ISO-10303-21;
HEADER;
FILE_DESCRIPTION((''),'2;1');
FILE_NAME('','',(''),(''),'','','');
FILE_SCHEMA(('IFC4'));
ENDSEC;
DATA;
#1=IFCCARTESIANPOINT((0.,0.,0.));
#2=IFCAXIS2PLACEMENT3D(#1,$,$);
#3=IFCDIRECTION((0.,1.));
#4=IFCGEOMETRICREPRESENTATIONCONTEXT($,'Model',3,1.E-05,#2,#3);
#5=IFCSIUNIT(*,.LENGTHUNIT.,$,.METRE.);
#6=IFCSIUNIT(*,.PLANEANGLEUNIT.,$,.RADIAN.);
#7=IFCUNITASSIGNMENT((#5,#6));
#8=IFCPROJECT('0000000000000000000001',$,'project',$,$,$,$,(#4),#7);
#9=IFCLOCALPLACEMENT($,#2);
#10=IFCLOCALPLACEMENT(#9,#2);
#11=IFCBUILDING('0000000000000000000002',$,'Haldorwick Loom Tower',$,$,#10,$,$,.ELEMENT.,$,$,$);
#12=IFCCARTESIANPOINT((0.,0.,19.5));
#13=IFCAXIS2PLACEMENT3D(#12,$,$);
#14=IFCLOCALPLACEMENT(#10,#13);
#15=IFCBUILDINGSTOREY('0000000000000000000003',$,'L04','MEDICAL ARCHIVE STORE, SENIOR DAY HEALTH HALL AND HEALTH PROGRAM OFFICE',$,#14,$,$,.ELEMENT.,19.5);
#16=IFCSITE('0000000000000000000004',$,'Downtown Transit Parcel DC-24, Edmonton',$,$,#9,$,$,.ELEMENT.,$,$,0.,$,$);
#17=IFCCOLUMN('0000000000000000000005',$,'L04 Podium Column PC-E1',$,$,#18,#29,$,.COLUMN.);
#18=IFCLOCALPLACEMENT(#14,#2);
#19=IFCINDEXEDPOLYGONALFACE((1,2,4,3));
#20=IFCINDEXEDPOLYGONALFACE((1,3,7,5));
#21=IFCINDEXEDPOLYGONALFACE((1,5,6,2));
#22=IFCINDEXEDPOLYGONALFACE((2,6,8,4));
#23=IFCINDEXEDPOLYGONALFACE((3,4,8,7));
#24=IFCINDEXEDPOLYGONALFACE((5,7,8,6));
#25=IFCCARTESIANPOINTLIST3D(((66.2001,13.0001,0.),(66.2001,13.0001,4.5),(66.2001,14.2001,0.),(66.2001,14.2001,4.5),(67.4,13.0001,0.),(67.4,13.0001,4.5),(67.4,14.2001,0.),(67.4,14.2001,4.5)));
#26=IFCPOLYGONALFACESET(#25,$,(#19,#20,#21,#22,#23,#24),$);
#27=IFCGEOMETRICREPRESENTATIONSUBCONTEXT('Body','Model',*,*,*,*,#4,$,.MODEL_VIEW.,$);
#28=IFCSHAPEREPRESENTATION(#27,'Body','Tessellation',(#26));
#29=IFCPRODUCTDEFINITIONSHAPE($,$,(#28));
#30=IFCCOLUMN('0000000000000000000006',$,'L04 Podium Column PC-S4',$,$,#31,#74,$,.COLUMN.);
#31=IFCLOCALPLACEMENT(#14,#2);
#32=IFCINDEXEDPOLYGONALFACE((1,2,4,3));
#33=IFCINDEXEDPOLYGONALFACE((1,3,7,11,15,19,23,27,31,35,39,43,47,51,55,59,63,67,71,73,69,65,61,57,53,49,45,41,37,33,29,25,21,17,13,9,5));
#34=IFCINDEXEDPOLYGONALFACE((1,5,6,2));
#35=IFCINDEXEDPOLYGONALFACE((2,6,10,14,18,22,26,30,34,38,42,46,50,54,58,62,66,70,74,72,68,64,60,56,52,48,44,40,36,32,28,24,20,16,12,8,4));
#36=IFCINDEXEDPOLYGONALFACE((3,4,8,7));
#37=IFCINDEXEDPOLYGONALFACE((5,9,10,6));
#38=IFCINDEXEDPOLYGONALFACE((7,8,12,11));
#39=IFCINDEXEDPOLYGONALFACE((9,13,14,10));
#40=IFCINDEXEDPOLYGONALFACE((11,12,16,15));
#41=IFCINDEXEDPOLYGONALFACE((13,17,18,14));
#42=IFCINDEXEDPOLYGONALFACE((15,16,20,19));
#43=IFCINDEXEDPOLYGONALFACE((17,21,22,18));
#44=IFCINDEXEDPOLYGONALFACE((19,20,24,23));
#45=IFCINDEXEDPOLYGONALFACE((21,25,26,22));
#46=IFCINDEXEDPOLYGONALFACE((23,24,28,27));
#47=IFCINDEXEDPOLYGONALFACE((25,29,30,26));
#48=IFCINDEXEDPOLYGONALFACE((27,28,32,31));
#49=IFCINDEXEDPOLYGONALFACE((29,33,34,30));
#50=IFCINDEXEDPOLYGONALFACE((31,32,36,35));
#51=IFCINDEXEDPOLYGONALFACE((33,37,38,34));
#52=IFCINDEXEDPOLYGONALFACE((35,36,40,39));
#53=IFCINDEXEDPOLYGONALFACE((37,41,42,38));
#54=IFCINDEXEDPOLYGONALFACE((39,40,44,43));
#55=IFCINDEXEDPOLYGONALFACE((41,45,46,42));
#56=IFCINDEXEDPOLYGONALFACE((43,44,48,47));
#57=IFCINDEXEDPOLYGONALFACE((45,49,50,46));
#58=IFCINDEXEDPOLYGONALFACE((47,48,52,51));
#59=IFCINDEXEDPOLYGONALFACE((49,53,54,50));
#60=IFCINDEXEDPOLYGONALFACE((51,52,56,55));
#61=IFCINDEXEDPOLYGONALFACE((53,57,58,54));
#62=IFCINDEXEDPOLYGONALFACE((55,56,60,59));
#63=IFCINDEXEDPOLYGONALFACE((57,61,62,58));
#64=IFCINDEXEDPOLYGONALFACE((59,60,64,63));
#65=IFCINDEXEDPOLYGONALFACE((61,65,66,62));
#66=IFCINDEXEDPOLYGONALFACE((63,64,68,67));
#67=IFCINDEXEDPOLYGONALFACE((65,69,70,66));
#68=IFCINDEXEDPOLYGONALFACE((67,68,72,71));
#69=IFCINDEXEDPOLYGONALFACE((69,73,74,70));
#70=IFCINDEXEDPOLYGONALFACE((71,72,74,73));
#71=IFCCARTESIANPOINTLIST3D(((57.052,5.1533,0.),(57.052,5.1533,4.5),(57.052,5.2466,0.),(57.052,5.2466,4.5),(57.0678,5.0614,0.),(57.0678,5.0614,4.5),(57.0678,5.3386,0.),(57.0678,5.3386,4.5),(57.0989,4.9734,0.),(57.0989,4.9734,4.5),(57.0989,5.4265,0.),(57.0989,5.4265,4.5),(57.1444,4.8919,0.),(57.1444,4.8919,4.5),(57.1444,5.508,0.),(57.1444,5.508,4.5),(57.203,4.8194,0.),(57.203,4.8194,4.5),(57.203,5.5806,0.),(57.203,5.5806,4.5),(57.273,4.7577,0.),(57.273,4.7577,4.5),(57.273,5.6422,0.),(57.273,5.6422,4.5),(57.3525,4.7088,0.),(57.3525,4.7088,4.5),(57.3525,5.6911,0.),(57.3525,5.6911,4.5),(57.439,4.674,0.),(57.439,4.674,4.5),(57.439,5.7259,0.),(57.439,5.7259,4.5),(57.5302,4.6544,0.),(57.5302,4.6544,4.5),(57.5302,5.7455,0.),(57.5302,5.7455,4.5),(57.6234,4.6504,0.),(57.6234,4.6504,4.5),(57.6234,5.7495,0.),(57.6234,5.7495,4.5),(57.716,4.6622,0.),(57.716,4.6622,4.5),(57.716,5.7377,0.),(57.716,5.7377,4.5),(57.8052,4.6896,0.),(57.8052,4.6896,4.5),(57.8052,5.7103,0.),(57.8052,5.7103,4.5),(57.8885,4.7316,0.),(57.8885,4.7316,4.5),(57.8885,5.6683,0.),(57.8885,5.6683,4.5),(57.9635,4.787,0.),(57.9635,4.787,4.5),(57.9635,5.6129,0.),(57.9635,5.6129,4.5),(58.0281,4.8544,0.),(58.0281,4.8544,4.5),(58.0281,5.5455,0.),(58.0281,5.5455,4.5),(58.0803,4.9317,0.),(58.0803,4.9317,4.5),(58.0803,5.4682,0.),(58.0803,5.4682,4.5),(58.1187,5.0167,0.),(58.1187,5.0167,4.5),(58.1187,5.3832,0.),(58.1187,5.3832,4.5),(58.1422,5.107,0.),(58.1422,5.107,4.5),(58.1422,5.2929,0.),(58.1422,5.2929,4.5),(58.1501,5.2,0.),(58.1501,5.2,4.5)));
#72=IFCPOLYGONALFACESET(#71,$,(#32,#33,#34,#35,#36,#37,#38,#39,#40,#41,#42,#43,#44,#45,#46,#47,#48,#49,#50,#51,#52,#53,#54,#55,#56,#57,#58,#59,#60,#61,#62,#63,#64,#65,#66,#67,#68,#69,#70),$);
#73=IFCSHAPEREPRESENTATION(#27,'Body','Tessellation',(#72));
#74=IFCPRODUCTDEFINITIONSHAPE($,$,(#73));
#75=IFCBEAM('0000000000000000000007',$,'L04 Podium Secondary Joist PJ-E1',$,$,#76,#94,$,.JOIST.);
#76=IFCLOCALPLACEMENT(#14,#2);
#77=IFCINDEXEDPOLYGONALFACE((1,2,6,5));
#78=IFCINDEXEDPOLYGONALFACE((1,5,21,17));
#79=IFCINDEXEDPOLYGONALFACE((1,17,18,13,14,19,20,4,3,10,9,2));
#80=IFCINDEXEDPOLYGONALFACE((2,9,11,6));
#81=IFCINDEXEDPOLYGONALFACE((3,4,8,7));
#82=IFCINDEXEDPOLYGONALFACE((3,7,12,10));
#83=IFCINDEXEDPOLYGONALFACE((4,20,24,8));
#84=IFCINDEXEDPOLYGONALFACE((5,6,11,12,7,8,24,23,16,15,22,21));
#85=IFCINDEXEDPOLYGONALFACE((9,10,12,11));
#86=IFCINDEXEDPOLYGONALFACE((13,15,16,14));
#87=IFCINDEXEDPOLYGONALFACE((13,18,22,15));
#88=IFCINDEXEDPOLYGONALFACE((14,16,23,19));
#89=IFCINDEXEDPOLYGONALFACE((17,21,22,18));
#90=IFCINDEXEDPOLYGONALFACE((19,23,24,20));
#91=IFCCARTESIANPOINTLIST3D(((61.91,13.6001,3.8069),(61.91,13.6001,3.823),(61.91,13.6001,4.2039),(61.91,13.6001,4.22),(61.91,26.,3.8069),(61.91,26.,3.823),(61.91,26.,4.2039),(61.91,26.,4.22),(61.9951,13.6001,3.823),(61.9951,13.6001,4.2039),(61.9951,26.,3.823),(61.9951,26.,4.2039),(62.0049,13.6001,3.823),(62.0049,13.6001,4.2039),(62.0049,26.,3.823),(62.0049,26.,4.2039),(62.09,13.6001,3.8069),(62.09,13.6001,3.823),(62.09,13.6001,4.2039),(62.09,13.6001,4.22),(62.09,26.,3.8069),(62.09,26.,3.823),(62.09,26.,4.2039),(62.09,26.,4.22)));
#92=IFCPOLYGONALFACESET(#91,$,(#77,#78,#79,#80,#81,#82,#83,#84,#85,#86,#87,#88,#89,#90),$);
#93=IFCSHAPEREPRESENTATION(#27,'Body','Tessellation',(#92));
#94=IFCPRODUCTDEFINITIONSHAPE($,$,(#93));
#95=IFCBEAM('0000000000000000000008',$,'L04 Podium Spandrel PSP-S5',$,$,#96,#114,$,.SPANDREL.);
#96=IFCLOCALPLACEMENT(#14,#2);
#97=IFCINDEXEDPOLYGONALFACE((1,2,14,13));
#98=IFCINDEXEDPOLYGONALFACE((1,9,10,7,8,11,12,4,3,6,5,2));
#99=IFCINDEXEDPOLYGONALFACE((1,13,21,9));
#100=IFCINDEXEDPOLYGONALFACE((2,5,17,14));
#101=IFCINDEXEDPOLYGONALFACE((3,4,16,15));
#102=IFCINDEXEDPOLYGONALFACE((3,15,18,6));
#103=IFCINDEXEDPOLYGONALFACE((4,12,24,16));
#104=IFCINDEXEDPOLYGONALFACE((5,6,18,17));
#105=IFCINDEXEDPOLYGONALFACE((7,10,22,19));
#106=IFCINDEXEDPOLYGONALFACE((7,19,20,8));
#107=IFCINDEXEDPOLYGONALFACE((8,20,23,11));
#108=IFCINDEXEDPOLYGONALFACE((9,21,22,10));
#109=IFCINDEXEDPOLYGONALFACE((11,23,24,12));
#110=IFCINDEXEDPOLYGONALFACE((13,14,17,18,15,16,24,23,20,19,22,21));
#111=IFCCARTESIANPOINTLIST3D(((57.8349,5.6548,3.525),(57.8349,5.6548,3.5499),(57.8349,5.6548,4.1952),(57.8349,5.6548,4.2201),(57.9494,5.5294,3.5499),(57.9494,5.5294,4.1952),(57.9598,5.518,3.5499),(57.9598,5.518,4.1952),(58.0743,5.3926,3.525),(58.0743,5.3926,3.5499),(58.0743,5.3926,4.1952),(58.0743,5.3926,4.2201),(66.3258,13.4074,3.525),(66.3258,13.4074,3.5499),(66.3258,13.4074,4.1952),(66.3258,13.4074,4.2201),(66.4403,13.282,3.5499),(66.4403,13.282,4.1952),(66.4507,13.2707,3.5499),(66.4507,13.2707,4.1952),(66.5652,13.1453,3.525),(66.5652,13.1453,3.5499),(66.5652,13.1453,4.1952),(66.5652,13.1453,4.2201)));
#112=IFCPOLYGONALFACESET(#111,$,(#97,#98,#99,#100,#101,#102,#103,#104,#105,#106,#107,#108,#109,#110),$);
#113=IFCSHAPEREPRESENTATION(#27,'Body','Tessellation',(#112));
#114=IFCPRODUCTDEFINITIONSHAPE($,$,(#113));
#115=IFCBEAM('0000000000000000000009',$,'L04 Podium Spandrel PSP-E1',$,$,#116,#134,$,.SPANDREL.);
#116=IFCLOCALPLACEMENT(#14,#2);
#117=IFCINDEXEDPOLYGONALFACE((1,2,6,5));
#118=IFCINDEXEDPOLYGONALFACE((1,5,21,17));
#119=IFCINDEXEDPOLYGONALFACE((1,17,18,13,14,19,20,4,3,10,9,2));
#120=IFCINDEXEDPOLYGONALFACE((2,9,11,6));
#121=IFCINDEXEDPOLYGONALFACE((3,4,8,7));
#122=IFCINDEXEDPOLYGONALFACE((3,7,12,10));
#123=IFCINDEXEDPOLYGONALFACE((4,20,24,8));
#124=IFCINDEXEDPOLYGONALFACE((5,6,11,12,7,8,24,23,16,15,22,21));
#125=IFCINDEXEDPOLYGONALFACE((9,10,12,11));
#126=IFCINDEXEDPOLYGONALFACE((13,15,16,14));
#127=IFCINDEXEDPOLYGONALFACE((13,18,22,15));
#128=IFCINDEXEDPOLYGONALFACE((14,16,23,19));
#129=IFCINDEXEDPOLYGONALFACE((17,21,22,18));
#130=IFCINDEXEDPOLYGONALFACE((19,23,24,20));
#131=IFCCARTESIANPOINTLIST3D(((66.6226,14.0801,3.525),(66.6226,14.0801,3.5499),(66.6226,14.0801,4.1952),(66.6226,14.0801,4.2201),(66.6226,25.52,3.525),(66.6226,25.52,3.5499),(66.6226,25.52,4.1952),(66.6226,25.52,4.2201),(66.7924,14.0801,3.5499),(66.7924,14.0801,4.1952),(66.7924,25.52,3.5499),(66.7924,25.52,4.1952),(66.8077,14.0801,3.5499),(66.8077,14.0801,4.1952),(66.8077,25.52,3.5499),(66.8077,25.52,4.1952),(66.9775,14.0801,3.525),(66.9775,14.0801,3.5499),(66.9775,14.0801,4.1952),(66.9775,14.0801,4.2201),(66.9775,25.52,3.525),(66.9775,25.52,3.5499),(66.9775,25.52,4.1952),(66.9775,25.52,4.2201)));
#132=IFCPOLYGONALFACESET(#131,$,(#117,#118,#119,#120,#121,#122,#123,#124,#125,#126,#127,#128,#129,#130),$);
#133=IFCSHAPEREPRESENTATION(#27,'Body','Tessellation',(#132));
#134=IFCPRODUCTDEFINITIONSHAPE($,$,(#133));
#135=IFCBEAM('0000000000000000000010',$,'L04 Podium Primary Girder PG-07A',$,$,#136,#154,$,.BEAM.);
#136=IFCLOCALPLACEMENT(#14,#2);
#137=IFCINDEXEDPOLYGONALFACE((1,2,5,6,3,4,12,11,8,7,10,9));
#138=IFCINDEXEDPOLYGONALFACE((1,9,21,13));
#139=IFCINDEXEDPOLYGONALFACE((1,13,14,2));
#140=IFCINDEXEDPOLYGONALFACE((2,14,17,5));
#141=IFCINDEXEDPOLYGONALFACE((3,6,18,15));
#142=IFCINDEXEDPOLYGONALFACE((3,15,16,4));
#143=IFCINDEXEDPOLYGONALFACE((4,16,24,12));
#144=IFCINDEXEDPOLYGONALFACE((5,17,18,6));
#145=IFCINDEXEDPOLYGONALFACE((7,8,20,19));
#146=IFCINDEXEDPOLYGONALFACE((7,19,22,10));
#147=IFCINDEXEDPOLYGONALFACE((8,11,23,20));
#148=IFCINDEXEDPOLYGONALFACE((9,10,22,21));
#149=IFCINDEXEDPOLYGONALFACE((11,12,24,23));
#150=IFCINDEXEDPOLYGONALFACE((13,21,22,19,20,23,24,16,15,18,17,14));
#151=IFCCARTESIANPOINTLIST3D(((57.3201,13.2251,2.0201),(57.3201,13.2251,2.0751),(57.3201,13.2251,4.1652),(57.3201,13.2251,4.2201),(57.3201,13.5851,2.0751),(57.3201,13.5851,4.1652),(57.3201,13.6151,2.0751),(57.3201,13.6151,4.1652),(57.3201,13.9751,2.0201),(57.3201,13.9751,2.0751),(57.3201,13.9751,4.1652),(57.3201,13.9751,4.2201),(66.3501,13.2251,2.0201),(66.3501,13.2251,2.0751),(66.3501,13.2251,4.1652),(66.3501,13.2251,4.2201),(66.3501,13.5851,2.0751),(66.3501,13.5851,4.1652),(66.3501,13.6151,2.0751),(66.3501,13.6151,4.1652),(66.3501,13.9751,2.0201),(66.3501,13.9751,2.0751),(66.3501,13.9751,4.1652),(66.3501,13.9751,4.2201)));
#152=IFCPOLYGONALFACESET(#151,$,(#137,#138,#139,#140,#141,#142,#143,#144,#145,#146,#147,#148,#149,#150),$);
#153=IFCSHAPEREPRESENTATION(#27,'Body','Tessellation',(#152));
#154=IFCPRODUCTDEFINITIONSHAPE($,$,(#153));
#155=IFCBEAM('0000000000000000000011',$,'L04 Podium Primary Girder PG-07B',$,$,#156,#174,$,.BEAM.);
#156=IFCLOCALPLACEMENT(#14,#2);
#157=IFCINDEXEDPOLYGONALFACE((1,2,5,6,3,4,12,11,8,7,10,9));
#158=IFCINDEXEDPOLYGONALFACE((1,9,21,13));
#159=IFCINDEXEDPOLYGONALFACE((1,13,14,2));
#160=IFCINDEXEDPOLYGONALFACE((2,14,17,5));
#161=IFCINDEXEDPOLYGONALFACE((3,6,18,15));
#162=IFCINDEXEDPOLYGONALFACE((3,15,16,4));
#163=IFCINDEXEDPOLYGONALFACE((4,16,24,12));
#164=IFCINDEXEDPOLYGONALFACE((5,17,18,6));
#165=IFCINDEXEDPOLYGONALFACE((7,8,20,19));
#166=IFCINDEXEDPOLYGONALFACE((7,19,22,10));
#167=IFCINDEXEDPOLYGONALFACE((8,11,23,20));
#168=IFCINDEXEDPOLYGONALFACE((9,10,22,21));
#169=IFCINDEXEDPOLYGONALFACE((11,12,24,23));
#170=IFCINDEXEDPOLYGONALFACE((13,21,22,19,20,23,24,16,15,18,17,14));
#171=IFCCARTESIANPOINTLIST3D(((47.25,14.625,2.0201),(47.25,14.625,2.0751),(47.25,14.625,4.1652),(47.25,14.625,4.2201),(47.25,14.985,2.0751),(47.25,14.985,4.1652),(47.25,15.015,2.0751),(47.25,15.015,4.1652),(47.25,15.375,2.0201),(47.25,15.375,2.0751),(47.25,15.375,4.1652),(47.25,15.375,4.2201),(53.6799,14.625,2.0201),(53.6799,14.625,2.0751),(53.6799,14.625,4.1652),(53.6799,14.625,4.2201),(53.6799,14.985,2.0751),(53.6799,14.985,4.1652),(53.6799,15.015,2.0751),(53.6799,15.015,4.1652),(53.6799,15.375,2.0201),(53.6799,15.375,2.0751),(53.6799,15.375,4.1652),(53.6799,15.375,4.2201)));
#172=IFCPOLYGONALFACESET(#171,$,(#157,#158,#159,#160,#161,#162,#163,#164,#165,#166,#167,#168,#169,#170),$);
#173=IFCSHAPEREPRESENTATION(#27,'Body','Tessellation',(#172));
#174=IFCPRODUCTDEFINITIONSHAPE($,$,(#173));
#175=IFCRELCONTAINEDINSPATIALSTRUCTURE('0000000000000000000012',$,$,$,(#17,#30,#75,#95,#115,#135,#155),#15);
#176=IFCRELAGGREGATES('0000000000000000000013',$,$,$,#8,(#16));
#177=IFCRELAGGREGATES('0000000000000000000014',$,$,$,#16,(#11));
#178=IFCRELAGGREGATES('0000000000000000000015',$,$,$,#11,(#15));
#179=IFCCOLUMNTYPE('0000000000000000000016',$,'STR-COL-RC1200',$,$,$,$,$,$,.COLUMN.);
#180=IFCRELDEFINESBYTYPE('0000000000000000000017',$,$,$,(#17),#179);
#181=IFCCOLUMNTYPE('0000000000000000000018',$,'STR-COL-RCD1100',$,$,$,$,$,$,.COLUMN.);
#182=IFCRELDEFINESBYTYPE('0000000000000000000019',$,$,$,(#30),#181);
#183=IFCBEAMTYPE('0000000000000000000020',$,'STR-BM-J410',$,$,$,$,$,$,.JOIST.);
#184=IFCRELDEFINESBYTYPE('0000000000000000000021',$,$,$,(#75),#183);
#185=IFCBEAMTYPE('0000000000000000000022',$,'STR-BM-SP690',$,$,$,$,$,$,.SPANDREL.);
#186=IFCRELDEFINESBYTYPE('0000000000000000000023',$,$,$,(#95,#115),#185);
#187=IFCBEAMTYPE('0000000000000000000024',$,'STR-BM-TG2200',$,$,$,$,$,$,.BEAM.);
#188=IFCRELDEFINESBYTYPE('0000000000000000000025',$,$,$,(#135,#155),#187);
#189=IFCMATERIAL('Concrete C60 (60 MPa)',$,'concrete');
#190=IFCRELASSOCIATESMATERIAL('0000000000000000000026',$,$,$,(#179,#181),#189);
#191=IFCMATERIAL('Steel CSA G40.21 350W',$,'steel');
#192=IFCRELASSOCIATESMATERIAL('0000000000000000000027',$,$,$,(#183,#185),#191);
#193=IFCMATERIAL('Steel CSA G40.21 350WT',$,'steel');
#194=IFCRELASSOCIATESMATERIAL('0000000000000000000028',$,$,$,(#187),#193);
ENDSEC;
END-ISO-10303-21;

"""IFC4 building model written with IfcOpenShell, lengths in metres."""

from ifc_helpers import new_model, si_unit, direction, frame, origin, origin_2d, place, context, subcontext, project, spatial, rectangle, circle, i_section, extrude, material, material_profile, profile_set, type_object, element, save


model = new_model("IFC4")

# Units and contexts
model_context = context("Model", 3, precision=1e-05, world=origin(), true_north=direction((0.0, 1.0)))
body_context = subcontext(model_context, "Body", "Model", "MODEL_VIEW")
ifc_project = project(units=[si_unit("LENGTHUNIT", "METRE"), si_unit("PLANEANGLEUNIT", "RADIAN")], contexts=[model_context])

# Site, building, storey
site_placement = place(None, origin())
site = spatial("IfcSite", under=ifc_project, at=site_placement, Name="Downtown Transit Parcel DC-24, Edmonton", CompositionType="ELEMENT", RefElevation=0.0)
building_placement = place(site_placement, origin())
building = spatial("IfcBuilding", under=site, at=building_placement, Name="Haldorwick Loom Tower", CompositionType="ELEMENT")
storey_placement = place(building_placement, frame((0.0, 0.0, 19.5)))
storey = spatial("IfcBuildingStorey", under=building, at=storey_placement, Name="L04", Description="MEDICAL ARCHIVE STORE, SENIOR DAY HEALTH HALL AND HEALTH PROGRAM OFFICE", CompositionType="ELEMENT", Elevation=19.5)

# Columns
ifc_material_1 = material(Name="Concrete C60 (60 MPa)", Category="concrete")
ifc_material_profile_1 = material_profile(ifc_material_1, rectangle(XDim=1.2, YDim=1.2, at=origin_2d()), Name="RC1200X1200", Category="concrete")
ifc_profile_set_1 = profile_set([ifc_material_profile_1], Name="Concrete C60 (60 MPa)")
column_type_1 = type_object("IfcColumnType", Name="STR-COL-RC1200", PredefinedType="COLUMN", material=ifc_profile_set_1)
column_1_placement = place(storey_placement, frame((66.8, 13.6001, 0.0), z_axis=(0.0, 0.0, 1.0), x_axis=(1.0, 0.0, 0.0)))
element("IfcColumn", 1, at=column_1_placement, inside=storey, type_object=column_type_1, Name="L04 Podium Column PC-E1", PredefinedType="COLUMN", context=body_context, shape_type="SweptSolid", body=[
    extrude(rectangle(XDim=1.2, YDim=1.2, at=origin_2d()), origin(), (0.0, 0.0, 1.0), 4.5),
])
ifc_material_profile_2 = material_profile(ifc_material_1, circle(Radius=0.55, at=origin_2d()), Name="RCD1100", Category="concrete")
ifc_profile_set_2 = profile_set([ifc_material_profile_2], Name="Concrete C60 (60 MPa)")
column_type_2 = type_object("IfcColumnType", Name="STR-COL-RCD1100", PredefinedType="COLUMN", material=ifc_profile_set_2)
column_2_placement = place(storey_placement, frame((57.6001, 5.2, 0.0), z_axis=(0.0, 0.0, 1.0), x_axis=(1.0, 0.0, 0.0)))
element("IfcColumn", 2, at=column_2_placement, inside=storey, type_object=column_type_2, Name="L04 Podium Column PC-S4", PredefinedType="COLUMN", context=body_context, shape_type="SweptSolid", body=[
    extrude(circle(Radius=0.55, at=origin_2d()), origin(), (0.0, 0.0, 1.0), 4.5),
])

# Beams
ifc_material_2 = material(Name="Steel CSA G40.21 350W", Category="steel")
ifc_material_profile_3 = material_profile(ifc_material_2, i_section(OverallWidth=0.1799, OverallDepth=0.4131, WebThickness=0.0098, FlangeThickness=0.0161, at=origin_2d()), Name="W410X74", Category="steel")
ifc_profile_set_3 = profile_set([ifc_material_profile_3], Name="Steel CSA G40.21 350W")
beam_type_1 = type_object("IfcBeamType", Name="STR-BM-J410", PredefinedType="JOIST", material=ifc_profile_set_3)
beam_1_placement = place(storey_placement, frame((62.0, 13.6001, 4.0134), z_axis=(0.0, 1.0, 0.0), x_axis=(-1.0, 0.0, 0.0)))
element("IfcBeam", 3, at=beam_1_placement, inside=storey, type_object=beam_type_1, Name="L04 Podium Secondary Joist PJ-E1", PredefinedType="JOIST", context=body_context, shape_type="SweptSolid", body=[
    extrude(i_section(OverallWidth=0.1799, OverallDepth=0.4131, WebThickness=0.0098, FlangeThickness=0.0161, at=origin_2d()), origin(), (0.0, 0.0, 1.0), 12.3999),
])
ifc_material_profile_4 = material_profile(ifc_material_2, i_section(OverallWidth=0.355, OverallDepth=0.6951, WebThickness=0.0154, FlangeThickness=0.0249, at=origin_2d()), Name="W690X217", Category="steel")
ifc_profile_set_4 = profile_set([ifc_material_profile_4], Name="Steel CSA G40.21 350W")
beam_type_2 = type_object("IfcBeamType", Name="STR-BM-SP690", PredefinedType="SPANDREL", material=ifc_profile_set_4)
beam_2_placement = place(storey_placement, frame((57.9546, 5.5237, 3.8726), z_axis=(0.738483, 0.674272, 0.0), x_axis=(-0.674272, 0.738483, 0.0)))
element("IfcBeam", 4, at=beam_2_placement, inside=storey, type_object=beam_type_2, Name="L04 Podium Spandrel PSP-S5", PredefinedType="SPANDREL", context=body_context, shape_type="SweptSolid", body=[
    extrude(i_section(OverallWidth=0.355, OverallDepth=0.6951, WebThickness=0.0154, FlangeThickness=0.0249, at=origin_2d()), origin(), (0.0, 0.0, 1.0), 11.4978),
])
beam_3_placement = place(storey_placement, frame((66.8, 14.0801, 3.8726), z_axis=(0.0, 1.0, 0.0), x_axis=(-1.0, 0.0, 0.0)))
element("IfcBeam", 5, at=beam_3_placement, inside=storey, type_object=beam_type_2, Name="L04 Podium Spandrel PSP-E1", PredefinedType="SPANDREL", context=body_context, shape_type="SweptSolid", body=[
    extrude(i_section(OverallWidth=0.355, OverallDepth=0.6951, WebThickness=0.0154, FlangeThickness=0.0249, at=origin_2d()), origin(), (0.0, 0.0, 1.0), 11.4399),
])
ifc_material_3 = material(Name="Steel CSA G40.21 350WT", Category="steel")
ifc_material_profile_5 = material_profile(ifc_material_3, i_section(OverallWidth=0.75, OverallDepth=2.2, WebThickness=0.03, FlangeThickness=0.0549, at=origin_2d()), Name="WWF2200X750", Category="steel")
ifc_profile_set_5 = profile_set([ifc_material_profile_5], Name="Steel CSA G40.21 350WT")
beam_type_3 = type_object("IfcBeamType", Name="STR-BM-TG2200", PredefinedType="BEAM", material=ifc_profile_set_5)
beam_4_placement = place(storey_placement, frame((66.3501, 13.6001, 3.1201), z_axis=(-1.0, 0.0, 0.0), x_axis=(0.0, -1.0, 0.0)))
element("IfcBeam", 6, at=beam_4_placement, inside=storey, type_object=beam_type_3, Name="L04 Podium Primary Girder PG-07A", PredefinedType="BEAM", context=body_context, shape_type="SweptSolid", body=[
    extrude(i_section(OverallWidth=0.75, OverallDepth=2.2, WebThickness=0.03, FlangeThickness=0.0549, at=origin_2d()), origin(), (0.0, 0.0, 1.0), 9.03),
])
beam_5_placement = place(storey_placement, frame((53.6799, 15.0, 3.1201), z_axis=(-1.0, 0.0, 0.0), x_axis=(0.0, -1.0, 0.0)))
element("IfcBeam", 7, at=beam_5_placement, inside=storey, type_object=beam_type_3, Name="L04 Podium Primary Girder PG-07B", PredefinedType="BEAM", context=body_context, shape_type="SweptSolid", body=[
    extrude(i_section(OverallWidth=0.75, OverallDepth=2.2, WebThickness=0.03, FlangeThickness=0.0549, at=origin_2d()), origin(), (0.0, 0.0, 1.0), 6.4299),
])

save(model, "model.ifc")
